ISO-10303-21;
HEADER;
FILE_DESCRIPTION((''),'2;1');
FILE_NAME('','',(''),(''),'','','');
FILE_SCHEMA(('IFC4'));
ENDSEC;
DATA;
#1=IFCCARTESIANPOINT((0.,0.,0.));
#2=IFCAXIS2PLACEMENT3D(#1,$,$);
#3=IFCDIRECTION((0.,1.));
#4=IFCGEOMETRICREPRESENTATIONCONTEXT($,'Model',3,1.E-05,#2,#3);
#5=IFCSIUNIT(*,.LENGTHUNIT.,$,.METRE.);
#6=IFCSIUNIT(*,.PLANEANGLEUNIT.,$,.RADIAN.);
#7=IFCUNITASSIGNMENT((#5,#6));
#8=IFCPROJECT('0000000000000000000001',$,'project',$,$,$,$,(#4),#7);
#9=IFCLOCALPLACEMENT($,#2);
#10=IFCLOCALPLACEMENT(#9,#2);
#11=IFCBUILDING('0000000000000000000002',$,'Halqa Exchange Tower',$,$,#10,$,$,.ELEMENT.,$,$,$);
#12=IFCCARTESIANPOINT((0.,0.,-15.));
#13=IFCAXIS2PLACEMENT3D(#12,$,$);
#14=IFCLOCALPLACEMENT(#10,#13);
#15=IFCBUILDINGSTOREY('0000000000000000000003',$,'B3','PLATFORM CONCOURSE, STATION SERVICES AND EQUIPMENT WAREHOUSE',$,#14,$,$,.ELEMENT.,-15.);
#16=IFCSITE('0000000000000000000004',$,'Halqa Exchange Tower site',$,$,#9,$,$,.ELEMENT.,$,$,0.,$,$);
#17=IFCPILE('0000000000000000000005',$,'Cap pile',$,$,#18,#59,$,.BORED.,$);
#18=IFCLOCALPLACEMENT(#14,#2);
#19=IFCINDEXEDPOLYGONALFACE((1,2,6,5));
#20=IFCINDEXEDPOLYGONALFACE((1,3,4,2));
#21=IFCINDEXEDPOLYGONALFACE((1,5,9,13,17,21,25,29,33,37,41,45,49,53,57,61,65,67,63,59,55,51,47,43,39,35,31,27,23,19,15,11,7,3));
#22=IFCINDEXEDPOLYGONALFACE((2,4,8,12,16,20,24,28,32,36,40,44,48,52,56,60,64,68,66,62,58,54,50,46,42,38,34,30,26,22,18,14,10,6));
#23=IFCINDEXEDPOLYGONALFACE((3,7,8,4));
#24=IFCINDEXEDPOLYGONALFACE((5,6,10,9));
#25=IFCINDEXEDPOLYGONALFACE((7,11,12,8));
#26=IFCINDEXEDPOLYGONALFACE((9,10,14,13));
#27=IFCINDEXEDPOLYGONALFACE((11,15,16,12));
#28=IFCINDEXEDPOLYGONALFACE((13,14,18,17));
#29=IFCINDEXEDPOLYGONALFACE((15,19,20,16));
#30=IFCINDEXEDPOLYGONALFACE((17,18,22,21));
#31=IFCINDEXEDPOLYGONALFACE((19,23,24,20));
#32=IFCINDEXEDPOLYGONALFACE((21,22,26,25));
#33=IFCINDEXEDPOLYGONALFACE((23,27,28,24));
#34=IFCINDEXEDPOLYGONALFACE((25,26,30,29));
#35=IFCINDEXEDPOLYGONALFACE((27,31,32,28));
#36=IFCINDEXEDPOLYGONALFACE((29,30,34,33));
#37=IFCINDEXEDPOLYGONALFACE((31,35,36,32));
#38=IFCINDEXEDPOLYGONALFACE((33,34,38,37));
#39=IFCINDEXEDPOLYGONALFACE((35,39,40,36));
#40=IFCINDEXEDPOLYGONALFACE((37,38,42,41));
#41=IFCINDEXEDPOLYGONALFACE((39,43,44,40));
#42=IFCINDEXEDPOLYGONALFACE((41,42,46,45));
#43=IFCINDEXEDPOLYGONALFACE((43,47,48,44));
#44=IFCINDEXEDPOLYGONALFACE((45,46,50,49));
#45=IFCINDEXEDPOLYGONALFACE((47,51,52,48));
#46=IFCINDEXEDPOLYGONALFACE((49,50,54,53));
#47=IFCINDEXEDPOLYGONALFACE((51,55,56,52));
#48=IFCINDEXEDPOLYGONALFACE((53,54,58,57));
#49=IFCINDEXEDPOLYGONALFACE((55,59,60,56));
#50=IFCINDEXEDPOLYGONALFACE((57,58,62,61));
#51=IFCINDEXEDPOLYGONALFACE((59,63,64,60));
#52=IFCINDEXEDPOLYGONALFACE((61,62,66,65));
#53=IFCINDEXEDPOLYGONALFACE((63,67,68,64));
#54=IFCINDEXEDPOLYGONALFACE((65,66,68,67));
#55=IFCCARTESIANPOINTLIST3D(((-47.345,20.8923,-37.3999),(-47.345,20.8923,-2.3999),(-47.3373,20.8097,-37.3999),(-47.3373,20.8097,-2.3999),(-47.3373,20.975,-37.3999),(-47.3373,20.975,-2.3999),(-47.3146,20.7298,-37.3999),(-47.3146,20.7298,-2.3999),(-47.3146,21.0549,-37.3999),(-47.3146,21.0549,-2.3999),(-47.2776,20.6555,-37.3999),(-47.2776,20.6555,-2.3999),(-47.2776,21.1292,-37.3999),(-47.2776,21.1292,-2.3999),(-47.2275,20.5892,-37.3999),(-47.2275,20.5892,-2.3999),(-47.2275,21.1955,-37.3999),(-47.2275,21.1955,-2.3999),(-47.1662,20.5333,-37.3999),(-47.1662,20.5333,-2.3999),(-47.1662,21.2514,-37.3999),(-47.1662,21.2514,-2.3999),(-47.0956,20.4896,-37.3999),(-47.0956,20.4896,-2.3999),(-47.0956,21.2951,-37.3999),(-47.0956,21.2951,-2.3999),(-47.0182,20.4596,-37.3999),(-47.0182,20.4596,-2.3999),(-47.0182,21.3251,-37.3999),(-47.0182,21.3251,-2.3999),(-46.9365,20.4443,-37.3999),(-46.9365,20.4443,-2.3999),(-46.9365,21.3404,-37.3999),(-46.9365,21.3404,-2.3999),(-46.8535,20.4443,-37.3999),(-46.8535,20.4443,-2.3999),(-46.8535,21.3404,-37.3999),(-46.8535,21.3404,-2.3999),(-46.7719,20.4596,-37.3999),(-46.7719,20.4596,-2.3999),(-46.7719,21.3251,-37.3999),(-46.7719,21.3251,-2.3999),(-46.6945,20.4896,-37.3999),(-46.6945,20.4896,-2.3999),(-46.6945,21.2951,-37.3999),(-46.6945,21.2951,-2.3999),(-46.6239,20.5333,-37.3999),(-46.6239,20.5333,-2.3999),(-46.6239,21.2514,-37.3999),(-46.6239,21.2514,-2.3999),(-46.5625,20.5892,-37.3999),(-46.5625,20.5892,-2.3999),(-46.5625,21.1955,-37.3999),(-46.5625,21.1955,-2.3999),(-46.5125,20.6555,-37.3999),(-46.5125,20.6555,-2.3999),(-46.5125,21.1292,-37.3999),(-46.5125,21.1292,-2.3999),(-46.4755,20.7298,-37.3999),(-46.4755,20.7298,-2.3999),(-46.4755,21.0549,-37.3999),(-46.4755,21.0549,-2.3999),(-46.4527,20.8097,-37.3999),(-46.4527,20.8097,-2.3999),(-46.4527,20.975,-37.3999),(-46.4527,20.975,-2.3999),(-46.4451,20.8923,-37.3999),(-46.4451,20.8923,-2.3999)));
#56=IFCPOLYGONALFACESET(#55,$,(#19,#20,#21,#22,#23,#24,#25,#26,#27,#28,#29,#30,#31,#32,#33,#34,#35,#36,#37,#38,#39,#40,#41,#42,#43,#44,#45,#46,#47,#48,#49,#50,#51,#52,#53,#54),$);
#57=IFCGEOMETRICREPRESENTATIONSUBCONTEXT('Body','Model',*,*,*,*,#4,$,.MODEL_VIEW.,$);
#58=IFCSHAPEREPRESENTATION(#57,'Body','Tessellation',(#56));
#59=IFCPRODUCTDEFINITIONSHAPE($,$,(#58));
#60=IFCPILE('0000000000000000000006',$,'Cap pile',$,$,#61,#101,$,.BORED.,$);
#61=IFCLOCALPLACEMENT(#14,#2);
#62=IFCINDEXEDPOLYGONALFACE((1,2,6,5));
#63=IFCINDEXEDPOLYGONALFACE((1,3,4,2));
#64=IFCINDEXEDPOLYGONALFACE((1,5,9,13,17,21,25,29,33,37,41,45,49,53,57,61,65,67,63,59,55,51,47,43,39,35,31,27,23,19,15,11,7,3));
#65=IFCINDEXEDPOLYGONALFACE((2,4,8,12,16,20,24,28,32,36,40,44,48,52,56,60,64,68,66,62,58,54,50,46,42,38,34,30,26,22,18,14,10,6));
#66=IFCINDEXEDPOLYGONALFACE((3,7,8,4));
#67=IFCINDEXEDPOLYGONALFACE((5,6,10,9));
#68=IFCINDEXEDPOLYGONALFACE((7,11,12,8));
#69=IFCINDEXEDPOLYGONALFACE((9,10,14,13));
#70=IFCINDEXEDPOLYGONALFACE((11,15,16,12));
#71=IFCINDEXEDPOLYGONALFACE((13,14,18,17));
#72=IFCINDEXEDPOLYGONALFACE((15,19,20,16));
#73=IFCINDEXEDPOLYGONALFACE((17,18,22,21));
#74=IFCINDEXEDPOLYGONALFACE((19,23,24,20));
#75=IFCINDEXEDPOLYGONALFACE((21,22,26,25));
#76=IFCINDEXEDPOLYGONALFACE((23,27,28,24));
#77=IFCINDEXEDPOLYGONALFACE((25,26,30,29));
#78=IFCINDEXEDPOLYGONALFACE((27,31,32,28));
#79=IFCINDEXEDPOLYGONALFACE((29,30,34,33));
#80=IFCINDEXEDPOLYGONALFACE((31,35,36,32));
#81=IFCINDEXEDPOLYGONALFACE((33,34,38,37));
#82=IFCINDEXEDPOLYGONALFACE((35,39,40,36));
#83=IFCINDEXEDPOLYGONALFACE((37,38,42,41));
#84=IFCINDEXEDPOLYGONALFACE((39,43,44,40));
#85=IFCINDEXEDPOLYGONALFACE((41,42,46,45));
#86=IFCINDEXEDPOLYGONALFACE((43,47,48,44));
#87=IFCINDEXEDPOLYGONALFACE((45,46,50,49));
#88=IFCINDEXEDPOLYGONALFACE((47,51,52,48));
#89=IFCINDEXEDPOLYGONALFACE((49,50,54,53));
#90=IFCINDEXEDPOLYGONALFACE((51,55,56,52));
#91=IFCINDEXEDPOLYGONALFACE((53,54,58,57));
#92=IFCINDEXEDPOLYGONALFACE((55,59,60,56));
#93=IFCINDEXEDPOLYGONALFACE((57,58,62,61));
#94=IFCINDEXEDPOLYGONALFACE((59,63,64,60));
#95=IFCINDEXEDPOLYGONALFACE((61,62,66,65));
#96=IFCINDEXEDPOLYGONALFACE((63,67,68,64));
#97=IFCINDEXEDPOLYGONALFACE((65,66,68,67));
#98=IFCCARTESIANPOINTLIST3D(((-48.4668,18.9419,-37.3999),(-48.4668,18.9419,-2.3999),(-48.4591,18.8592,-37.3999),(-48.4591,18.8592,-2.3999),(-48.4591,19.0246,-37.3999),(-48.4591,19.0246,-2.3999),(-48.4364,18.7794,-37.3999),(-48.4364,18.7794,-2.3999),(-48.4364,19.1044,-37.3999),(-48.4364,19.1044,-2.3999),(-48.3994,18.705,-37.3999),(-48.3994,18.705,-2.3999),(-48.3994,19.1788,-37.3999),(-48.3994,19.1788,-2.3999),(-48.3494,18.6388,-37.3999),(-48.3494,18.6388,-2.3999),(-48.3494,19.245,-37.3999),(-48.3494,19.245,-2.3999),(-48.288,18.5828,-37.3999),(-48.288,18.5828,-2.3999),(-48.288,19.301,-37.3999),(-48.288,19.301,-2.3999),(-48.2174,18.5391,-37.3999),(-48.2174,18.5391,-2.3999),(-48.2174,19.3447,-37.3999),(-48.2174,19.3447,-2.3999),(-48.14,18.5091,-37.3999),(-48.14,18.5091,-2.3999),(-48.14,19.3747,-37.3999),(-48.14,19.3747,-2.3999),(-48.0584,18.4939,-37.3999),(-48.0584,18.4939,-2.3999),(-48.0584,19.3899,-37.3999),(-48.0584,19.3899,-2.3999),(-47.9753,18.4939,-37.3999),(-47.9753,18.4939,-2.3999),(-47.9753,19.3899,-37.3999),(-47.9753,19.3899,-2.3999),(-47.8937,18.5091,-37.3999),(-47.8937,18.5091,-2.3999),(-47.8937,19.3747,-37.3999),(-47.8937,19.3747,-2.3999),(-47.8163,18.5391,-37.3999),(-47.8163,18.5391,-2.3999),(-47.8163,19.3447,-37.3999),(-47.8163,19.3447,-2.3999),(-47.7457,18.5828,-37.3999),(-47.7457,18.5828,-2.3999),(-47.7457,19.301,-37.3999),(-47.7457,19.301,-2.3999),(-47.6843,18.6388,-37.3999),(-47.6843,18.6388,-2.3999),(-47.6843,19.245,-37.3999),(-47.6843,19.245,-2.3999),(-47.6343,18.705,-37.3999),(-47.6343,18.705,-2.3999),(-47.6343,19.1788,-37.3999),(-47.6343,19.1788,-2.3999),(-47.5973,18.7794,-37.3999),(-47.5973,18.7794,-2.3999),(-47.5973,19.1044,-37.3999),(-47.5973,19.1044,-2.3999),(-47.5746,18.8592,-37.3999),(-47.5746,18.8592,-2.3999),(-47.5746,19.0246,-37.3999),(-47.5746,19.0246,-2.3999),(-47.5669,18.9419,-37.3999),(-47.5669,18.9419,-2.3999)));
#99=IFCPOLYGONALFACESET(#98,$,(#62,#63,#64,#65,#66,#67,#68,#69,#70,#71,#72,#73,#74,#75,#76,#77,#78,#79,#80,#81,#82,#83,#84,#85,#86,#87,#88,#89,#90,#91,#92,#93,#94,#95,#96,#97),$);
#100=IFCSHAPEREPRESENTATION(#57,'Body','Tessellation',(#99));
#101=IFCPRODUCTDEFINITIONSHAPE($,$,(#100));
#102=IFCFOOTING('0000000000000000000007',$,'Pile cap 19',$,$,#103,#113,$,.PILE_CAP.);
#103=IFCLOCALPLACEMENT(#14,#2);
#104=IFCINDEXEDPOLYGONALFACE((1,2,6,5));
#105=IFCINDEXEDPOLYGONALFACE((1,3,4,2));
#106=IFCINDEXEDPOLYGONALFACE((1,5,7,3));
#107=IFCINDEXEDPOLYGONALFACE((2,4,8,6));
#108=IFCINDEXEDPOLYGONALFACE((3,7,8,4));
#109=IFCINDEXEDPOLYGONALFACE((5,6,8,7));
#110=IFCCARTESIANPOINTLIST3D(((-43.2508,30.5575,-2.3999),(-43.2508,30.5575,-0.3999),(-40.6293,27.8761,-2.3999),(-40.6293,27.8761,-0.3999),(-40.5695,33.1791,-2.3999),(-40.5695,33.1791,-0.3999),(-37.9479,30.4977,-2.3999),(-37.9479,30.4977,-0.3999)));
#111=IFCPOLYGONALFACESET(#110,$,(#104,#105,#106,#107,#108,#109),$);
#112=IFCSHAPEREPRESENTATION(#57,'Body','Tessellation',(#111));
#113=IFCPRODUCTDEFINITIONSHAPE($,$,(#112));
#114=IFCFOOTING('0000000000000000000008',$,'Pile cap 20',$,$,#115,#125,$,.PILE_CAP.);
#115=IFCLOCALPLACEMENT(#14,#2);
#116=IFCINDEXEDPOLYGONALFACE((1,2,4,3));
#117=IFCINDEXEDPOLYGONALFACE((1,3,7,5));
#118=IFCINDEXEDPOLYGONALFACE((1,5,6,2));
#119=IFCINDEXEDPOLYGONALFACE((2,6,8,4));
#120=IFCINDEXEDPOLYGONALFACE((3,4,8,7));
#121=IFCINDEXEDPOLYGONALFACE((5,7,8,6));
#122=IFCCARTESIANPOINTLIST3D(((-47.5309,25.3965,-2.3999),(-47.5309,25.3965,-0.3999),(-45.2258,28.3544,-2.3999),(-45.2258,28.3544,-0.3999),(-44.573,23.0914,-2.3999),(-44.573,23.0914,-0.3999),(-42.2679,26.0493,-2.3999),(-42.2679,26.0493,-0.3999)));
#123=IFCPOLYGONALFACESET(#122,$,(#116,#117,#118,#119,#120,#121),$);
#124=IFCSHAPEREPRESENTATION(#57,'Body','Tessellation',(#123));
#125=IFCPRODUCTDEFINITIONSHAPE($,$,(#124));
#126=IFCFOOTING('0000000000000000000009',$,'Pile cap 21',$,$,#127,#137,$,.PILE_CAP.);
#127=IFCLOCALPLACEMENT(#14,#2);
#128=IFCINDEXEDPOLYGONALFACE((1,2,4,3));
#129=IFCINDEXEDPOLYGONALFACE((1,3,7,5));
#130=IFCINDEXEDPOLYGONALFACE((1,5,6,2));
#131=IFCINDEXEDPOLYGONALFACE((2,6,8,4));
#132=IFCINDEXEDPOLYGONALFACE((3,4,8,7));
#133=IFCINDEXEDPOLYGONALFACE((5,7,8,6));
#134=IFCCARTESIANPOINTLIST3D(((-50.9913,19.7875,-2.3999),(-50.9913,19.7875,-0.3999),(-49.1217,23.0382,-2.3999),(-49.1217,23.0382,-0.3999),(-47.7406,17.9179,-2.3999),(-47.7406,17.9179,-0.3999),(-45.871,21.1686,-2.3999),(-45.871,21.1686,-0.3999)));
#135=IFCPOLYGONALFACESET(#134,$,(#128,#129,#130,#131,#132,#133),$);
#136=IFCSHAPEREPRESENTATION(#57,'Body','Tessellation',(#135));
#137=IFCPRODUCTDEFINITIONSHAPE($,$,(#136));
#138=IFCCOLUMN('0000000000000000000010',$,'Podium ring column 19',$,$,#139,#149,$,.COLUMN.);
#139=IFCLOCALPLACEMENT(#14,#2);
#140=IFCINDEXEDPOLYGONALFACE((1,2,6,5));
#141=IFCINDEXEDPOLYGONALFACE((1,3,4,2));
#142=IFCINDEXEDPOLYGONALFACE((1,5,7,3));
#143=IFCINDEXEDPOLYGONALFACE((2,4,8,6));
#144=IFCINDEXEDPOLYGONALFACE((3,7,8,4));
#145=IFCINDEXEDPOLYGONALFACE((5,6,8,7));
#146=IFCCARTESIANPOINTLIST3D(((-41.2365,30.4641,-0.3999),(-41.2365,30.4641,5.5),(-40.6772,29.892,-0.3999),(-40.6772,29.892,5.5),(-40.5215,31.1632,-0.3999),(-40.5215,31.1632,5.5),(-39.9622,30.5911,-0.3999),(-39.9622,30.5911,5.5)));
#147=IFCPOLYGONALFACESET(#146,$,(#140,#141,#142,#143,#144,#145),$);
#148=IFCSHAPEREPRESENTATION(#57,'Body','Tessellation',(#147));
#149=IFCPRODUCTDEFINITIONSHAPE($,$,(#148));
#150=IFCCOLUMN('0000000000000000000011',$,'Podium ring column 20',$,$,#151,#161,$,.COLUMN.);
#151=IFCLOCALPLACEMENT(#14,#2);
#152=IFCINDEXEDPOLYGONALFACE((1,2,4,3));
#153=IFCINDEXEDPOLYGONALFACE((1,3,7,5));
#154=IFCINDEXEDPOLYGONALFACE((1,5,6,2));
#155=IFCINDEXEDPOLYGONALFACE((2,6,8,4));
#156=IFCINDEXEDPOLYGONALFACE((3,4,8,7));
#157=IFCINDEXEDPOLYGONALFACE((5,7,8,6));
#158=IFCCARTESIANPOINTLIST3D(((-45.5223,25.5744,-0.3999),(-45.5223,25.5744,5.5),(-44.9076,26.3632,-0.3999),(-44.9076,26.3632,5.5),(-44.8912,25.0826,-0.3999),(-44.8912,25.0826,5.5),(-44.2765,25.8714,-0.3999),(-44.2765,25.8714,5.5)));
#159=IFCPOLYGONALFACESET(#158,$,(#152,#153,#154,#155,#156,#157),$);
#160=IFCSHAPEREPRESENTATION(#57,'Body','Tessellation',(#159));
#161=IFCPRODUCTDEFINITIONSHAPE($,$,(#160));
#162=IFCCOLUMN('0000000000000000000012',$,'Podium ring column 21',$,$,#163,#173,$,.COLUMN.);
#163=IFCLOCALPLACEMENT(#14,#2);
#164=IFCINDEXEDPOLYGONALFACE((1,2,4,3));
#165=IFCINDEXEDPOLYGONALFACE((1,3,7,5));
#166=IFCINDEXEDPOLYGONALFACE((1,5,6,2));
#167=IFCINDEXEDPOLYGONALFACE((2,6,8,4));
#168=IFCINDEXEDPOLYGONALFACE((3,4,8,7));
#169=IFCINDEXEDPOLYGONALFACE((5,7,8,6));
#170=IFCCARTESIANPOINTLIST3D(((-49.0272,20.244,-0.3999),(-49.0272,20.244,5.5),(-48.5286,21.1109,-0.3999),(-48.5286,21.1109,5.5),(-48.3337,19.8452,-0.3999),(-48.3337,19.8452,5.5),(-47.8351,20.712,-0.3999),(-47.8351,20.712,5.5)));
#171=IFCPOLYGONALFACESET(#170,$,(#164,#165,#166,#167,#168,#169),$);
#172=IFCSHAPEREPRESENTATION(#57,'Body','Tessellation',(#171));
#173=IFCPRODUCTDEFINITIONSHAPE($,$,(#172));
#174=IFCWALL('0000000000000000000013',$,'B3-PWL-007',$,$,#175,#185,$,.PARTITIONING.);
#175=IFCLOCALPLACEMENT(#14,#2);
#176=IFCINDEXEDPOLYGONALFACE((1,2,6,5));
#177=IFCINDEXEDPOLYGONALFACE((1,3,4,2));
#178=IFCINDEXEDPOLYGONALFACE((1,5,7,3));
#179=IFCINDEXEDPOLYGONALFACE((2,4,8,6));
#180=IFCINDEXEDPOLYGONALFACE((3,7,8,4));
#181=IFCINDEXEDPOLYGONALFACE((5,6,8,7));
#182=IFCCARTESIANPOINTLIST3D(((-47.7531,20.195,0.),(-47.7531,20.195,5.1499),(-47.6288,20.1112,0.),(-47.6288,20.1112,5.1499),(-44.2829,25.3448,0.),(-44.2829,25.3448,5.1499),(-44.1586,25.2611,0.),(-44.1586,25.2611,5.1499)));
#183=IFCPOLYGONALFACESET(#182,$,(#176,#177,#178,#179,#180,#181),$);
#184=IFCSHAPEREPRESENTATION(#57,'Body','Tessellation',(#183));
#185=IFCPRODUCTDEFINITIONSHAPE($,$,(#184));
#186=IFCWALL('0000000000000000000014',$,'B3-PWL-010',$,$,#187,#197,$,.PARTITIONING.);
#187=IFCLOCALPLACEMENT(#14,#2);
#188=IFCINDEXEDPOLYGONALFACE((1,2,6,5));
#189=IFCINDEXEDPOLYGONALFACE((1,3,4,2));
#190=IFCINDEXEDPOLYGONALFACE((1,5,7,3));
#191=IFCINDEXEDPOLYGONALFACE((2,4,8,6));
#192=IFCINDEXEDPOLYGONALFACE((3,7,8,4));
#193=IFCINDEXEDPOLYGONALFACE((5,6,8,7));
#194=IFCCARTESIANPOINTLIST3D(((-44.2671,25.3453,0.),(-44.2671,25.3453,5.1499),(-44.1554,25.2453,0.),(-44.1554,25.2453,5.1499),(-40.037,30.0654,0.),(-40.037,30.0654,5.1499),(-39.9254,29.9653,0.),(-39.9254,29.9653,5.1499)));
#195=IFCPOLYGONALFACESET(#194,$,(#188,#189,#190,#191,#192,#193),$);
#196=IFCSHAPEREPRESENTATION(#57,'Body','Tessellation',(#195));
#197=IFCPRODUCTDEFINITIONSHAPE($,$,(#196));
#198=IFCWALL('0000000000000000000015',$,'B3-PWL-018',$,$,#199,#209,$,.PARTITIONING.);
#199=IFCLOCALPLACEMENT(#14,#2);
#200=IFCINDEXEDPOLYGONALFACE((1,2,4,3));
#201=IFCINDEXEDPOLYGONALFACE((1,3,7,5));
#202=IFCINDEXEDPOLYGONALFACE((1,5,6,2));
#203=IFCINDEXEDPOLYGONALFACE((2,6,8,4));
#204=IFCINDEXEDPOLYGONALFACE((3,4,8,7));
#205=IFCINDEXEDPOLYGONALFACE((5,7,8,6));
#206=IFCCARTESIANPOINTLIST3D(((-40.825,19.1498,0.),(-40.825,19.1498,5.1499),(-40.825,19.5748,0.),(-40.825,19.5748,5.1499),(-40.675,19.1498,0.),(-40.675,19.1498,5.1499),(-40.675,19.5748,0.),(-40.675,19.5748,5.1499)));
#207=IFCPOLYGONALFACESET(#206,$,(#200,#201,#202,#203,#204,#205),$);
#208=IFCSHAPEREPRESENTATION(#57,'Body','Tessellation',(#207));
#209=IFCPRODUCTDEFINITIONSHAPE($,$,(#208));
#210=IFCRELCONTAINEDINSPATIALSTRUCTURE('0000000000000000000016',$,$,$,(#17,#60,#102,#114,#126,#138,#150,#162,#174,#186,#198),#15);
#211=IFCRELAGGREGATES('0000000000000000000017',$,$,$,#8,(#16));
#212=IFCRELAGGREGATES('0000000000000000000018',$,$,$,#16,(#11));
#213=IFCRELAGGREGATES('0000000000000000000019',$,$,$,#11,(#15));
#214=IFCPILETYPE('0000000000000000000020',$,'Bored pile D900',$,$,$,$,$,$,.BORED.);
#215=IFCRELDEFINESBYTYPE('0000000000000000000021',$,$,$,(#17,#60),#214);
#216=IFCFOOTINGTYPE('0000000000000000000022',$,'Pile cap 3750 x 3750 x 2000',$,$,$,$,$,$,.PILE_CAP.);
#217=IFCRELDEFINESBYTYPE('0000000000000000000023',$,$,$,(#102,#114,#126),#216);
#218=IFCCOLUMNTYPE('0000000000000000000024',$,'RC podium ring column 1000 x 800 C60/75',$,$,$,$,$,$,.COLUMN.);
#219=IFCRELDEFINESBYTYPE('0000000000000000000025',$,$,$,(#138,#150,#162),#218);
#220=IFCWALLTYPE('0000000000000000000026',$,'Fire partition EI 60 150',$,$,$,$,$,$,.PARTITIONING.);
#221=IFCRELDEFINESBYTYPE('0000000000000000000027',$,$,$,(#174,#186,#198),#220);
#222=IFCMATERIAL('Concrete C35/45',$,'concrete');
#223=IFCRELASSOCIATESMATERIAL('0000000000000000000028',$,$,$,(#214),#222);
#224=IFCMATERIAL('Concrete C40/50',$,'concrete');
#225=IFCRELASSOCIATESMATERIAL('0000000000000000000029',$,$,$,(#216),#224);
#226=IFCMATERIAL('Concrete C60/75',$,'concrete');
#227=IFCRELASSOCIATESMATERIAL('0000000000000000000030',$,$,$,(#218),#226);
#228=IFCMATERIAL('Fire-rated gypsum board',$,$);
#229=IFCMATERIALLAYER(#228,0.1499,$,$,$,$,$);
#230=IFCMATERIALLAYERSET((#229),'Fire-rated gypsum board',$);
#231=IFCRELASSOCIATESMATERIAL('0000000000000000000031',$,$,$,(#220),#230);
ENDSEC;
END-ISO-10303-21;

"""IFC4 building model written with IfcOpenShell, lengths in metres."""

from ifc_helpers import new_model, si_unit, direction, frame, frame_2d, origin, origin_2d, place, context, subcontext, project, spatial, rectangle, circle, extrude, material, layer, layer_set, material_profile, profile_set, type_object, element, save


model = new_model("IFC4")

# Units and contexts
model_context = context("Model", 3, precision=1e-05, world=origin(), true_north=direction((0.0, 1.0)))
body_context = subcontext(model_context, "Body", "Model", "MODEL_VIEW")
ifc_project = project(units=[si_unit("LENGTHUNIT", "METRE"), si_unit("PLANEANGLEUNIT", "RADIAN")], contexts=[model_context])

# Site, building, storey
site_placement = place(None, origin())
site = spatial("IfcSite", under=ifc_project, at=site_placement, Name="Halqa Exchange Tower site", CompositionType="ELEMENT", RefElevation=0.0)
building_placement = place(site_placement, origin())
building = spatial("IfcBuilding", under=site, at=building_placement, Name="Halqa Exchange Tower", CompositionType="ELEMENT")
storey_placement = place(building_placement, frame((0.0, 0.0, -15.0)))
storey = spatial("IfcBuildingStorey", under=building, at=storey_placement, Name="B3", Description="PLATFORM CONCOURSE, STATION SERVICES AND EQUIPMENT WAREHOUSE", CompositionType="ELEMENT", Elevation=-15.0)

# Piles
ifc_material_1 = material(Name="Concrete C35/45", Category="concrete")
ifc_material_profile_1 = material_profile(ifc_material_1, circle(Radius=0.45, at=origin_2d()), Name="D900")
ifc_profile_set_1 = profile_set([ifc_material_profile_1], Name="Concrete C35/45")
pile_type = type_object("IfcPileType", Name="Bored pile D900", PredefinedType="BORED", material=ifc_profile_set_1)
for number, where, z_axis, x_axis, name in (
    (1, (-46.895, 20.8923, -2.3999), (0.0, 0.0, -1.0), (1.0, 0.0, 0.0), "Cap pile"),
    (2, (-48.0168, 18.9419, -2.3999), (0.0, 0.0, -1.0), (1.0, 0.0, 0.0), "Cap pile"),
):
    element("IfcPile", number, at=place(storey_placement, frame(where, z_axis=z_axis, x_axis=x_axis)), inside=storey, type_object=pile_type, Name=name, PredefinedType="BORED", context=body_context, shape_type="SweptSolid", body=[
        extrude(circle(Radius=0.45, at=origin_2d()), origin(), (0.0, 0.0, 1.0), 35.0),
    ])

# Footings
ifc_material_2 = material(Name="Concrete C40/50", Category="concrete")
footing_type = type_object("IfcFootingType", Name="Pile cap 3750 x 3750 x 2000", PredefinedType="PILE_CAP", material=ifc_material_2)
for number, where, z_axis, x_axis, name in (
    (3, (-40.5994, 30.5276, -2.3999), (0.0, 0.0, 1.0), (-0.715039, -0.699085, 0.0), "Pile cap 19"),
    (4, (-44.8994, 25.7229, -2.3999), (0.0, 0.0, 1.0), (-0.614691, -0.788768, 0.0), "Pile cap 20"),
    (5, (-48.4312, 20.478, -2.3999), (0.0, 0.0, 1.0), (-0.498569, -0.86685, 0.0), "Pile cap 21"),
):
    element("IfcFooting", number, at=place(storey_placement, frame(where, z_axis=z_axis, x_axis=x_axis)), inside=storey, type_object=footing_type, Name=name, PredefinedType="PILE_CAP", context=body_context, shape_type="SweptSolid", body=[
        extrude(rectangle(XDim=3.75, YDim=3.75, at=origin_2d()), origin(), (0.0, 0.0, 1.0), 2.0),
    ])

# Columns
ifc_material_3 = material(Name="Concrete C60/75", Category="concrete")
ifc_material_profile_2 = material_profile(ifc_material_3, rectangle(XDim=1.0, YDim=0.8, at=origin_2d()), Name="1000 x 800")
ifc_profile_set_2 = profile_set([ifc_material_profile_2], Name="Concrete C60/75")
column_type = type_object("IfcColumnType", Name="RC podium ring column 1000 x 800 C60/75", PredefinedType="COLUMN", material=ifc_profile_set_2)
for number, where, z_axis, x_axis, name in (
    (6, (-40.5994, 30.5276, -0.3999), (0.0, 0.0, 1.0), (-0.715039, -0.699085, 0.0), "Podium ring column 19"),
    (7, (-44.8994, 25.7229, -0.3999), (0.0, 0.0, 1.0), (-0.614691, -0.788768, 0.0), "Podium ring column 20"),
    (8, (-48.4312, 20.478, -0.3999), (0.0, 0.0, 1.0), (-0.498569, -0.86685, 0.0), "Podium ring column 21"),
):
    element("IfcColumn", number, at=place(storey_placement, frame(where, z_axis=z_axis, x_axis=x_axis)), inside=storey, type_object=column_type, Name=name, PredefinedType="COLUMN", context=body_context, shape_type="SweptSolid", body=[
        extrude(rectangle(XDim=1.0, YDim=0.8, at=origin_2d()), origin(), (0.0, 0.0, 1.0), 5.8999),
    ])

# Walls
ifc_material_4 = material(Name="Fire-rated gypsum board")
ifc_layer_1 = layer(ifc_material_4, 0.1499)
ifc_layer_set_1 = layer_set([ifc_layer_1], Name="Fire-rated gypsum board")
wall_type_1 = type_object("IfcWallType", Name="Fire partition EI 60 150", PredefinedType="PARTITIONING", material=ifc_layer_set_1)
wall_1_placement = place(storey_placement, frame((-47.6909, 20.1531, 0.0), z_axis=(0.0, 0.0, 1.0), x_axis=(0.558812, 0.829294, 0.0)))
element("IfcWall", 9, at=wall_1_placement, inside=storey, type_object=wall_type_1, Name="B3-PWL-007", PredefinedType="PARTITIONING", context=body_context, shape_type="SweptSolid", body=[
    extrude(rectangle(XDim=6.21, YDim=0.1499, at=frame_2d((3.105, 0.0))), origin(), (0.0, 0.0, 1.0), 5.1499),
])
wall_2_placement = place(storey_placement, frame((-44.2112, 25.2954, 0.0), z_axis=(0.0, 0.0, 1.0), x_axis=(0.667395, 0.744704, 0.0)))
element("IfcWall", 10, at=wall_2_placement, inside=storey, type_object=wall_type_1, Name="B3-PWL-010", PredefinedType="PARTITIONING", context=body_context, shape_type="SweptSolid", body=[
    extrude(rectangle(XDim=6.3381, YDim=0.1499, at=frame_2d((3.1689, 0.0))), origin(), (0.0, 0.0, 1.0), 5.1499),
])
wall_3_placement = place(storey_placement, frame((-40.75, 19.1499, 0.0), z_axis=(0.0, 0.0, 1.0), x_axis=(0.0, 1.0, 0.0)))
element("IfcWall", 11, at=wall_3_placement, inside=storey, type_object=wall_type_1, Name="B3-PWL-018", PredefinedType="PARTITIONING", context=body_context, shape_type="SweptSolid", body=[
    extrude(rectangle(XDim=0.425, YDim=0.1499, at=frame_2d((0.2124, 0.0))), origin(), (0.0, 0.0, 1.0), 5.1499),
])

save(model, "model.ifc")
